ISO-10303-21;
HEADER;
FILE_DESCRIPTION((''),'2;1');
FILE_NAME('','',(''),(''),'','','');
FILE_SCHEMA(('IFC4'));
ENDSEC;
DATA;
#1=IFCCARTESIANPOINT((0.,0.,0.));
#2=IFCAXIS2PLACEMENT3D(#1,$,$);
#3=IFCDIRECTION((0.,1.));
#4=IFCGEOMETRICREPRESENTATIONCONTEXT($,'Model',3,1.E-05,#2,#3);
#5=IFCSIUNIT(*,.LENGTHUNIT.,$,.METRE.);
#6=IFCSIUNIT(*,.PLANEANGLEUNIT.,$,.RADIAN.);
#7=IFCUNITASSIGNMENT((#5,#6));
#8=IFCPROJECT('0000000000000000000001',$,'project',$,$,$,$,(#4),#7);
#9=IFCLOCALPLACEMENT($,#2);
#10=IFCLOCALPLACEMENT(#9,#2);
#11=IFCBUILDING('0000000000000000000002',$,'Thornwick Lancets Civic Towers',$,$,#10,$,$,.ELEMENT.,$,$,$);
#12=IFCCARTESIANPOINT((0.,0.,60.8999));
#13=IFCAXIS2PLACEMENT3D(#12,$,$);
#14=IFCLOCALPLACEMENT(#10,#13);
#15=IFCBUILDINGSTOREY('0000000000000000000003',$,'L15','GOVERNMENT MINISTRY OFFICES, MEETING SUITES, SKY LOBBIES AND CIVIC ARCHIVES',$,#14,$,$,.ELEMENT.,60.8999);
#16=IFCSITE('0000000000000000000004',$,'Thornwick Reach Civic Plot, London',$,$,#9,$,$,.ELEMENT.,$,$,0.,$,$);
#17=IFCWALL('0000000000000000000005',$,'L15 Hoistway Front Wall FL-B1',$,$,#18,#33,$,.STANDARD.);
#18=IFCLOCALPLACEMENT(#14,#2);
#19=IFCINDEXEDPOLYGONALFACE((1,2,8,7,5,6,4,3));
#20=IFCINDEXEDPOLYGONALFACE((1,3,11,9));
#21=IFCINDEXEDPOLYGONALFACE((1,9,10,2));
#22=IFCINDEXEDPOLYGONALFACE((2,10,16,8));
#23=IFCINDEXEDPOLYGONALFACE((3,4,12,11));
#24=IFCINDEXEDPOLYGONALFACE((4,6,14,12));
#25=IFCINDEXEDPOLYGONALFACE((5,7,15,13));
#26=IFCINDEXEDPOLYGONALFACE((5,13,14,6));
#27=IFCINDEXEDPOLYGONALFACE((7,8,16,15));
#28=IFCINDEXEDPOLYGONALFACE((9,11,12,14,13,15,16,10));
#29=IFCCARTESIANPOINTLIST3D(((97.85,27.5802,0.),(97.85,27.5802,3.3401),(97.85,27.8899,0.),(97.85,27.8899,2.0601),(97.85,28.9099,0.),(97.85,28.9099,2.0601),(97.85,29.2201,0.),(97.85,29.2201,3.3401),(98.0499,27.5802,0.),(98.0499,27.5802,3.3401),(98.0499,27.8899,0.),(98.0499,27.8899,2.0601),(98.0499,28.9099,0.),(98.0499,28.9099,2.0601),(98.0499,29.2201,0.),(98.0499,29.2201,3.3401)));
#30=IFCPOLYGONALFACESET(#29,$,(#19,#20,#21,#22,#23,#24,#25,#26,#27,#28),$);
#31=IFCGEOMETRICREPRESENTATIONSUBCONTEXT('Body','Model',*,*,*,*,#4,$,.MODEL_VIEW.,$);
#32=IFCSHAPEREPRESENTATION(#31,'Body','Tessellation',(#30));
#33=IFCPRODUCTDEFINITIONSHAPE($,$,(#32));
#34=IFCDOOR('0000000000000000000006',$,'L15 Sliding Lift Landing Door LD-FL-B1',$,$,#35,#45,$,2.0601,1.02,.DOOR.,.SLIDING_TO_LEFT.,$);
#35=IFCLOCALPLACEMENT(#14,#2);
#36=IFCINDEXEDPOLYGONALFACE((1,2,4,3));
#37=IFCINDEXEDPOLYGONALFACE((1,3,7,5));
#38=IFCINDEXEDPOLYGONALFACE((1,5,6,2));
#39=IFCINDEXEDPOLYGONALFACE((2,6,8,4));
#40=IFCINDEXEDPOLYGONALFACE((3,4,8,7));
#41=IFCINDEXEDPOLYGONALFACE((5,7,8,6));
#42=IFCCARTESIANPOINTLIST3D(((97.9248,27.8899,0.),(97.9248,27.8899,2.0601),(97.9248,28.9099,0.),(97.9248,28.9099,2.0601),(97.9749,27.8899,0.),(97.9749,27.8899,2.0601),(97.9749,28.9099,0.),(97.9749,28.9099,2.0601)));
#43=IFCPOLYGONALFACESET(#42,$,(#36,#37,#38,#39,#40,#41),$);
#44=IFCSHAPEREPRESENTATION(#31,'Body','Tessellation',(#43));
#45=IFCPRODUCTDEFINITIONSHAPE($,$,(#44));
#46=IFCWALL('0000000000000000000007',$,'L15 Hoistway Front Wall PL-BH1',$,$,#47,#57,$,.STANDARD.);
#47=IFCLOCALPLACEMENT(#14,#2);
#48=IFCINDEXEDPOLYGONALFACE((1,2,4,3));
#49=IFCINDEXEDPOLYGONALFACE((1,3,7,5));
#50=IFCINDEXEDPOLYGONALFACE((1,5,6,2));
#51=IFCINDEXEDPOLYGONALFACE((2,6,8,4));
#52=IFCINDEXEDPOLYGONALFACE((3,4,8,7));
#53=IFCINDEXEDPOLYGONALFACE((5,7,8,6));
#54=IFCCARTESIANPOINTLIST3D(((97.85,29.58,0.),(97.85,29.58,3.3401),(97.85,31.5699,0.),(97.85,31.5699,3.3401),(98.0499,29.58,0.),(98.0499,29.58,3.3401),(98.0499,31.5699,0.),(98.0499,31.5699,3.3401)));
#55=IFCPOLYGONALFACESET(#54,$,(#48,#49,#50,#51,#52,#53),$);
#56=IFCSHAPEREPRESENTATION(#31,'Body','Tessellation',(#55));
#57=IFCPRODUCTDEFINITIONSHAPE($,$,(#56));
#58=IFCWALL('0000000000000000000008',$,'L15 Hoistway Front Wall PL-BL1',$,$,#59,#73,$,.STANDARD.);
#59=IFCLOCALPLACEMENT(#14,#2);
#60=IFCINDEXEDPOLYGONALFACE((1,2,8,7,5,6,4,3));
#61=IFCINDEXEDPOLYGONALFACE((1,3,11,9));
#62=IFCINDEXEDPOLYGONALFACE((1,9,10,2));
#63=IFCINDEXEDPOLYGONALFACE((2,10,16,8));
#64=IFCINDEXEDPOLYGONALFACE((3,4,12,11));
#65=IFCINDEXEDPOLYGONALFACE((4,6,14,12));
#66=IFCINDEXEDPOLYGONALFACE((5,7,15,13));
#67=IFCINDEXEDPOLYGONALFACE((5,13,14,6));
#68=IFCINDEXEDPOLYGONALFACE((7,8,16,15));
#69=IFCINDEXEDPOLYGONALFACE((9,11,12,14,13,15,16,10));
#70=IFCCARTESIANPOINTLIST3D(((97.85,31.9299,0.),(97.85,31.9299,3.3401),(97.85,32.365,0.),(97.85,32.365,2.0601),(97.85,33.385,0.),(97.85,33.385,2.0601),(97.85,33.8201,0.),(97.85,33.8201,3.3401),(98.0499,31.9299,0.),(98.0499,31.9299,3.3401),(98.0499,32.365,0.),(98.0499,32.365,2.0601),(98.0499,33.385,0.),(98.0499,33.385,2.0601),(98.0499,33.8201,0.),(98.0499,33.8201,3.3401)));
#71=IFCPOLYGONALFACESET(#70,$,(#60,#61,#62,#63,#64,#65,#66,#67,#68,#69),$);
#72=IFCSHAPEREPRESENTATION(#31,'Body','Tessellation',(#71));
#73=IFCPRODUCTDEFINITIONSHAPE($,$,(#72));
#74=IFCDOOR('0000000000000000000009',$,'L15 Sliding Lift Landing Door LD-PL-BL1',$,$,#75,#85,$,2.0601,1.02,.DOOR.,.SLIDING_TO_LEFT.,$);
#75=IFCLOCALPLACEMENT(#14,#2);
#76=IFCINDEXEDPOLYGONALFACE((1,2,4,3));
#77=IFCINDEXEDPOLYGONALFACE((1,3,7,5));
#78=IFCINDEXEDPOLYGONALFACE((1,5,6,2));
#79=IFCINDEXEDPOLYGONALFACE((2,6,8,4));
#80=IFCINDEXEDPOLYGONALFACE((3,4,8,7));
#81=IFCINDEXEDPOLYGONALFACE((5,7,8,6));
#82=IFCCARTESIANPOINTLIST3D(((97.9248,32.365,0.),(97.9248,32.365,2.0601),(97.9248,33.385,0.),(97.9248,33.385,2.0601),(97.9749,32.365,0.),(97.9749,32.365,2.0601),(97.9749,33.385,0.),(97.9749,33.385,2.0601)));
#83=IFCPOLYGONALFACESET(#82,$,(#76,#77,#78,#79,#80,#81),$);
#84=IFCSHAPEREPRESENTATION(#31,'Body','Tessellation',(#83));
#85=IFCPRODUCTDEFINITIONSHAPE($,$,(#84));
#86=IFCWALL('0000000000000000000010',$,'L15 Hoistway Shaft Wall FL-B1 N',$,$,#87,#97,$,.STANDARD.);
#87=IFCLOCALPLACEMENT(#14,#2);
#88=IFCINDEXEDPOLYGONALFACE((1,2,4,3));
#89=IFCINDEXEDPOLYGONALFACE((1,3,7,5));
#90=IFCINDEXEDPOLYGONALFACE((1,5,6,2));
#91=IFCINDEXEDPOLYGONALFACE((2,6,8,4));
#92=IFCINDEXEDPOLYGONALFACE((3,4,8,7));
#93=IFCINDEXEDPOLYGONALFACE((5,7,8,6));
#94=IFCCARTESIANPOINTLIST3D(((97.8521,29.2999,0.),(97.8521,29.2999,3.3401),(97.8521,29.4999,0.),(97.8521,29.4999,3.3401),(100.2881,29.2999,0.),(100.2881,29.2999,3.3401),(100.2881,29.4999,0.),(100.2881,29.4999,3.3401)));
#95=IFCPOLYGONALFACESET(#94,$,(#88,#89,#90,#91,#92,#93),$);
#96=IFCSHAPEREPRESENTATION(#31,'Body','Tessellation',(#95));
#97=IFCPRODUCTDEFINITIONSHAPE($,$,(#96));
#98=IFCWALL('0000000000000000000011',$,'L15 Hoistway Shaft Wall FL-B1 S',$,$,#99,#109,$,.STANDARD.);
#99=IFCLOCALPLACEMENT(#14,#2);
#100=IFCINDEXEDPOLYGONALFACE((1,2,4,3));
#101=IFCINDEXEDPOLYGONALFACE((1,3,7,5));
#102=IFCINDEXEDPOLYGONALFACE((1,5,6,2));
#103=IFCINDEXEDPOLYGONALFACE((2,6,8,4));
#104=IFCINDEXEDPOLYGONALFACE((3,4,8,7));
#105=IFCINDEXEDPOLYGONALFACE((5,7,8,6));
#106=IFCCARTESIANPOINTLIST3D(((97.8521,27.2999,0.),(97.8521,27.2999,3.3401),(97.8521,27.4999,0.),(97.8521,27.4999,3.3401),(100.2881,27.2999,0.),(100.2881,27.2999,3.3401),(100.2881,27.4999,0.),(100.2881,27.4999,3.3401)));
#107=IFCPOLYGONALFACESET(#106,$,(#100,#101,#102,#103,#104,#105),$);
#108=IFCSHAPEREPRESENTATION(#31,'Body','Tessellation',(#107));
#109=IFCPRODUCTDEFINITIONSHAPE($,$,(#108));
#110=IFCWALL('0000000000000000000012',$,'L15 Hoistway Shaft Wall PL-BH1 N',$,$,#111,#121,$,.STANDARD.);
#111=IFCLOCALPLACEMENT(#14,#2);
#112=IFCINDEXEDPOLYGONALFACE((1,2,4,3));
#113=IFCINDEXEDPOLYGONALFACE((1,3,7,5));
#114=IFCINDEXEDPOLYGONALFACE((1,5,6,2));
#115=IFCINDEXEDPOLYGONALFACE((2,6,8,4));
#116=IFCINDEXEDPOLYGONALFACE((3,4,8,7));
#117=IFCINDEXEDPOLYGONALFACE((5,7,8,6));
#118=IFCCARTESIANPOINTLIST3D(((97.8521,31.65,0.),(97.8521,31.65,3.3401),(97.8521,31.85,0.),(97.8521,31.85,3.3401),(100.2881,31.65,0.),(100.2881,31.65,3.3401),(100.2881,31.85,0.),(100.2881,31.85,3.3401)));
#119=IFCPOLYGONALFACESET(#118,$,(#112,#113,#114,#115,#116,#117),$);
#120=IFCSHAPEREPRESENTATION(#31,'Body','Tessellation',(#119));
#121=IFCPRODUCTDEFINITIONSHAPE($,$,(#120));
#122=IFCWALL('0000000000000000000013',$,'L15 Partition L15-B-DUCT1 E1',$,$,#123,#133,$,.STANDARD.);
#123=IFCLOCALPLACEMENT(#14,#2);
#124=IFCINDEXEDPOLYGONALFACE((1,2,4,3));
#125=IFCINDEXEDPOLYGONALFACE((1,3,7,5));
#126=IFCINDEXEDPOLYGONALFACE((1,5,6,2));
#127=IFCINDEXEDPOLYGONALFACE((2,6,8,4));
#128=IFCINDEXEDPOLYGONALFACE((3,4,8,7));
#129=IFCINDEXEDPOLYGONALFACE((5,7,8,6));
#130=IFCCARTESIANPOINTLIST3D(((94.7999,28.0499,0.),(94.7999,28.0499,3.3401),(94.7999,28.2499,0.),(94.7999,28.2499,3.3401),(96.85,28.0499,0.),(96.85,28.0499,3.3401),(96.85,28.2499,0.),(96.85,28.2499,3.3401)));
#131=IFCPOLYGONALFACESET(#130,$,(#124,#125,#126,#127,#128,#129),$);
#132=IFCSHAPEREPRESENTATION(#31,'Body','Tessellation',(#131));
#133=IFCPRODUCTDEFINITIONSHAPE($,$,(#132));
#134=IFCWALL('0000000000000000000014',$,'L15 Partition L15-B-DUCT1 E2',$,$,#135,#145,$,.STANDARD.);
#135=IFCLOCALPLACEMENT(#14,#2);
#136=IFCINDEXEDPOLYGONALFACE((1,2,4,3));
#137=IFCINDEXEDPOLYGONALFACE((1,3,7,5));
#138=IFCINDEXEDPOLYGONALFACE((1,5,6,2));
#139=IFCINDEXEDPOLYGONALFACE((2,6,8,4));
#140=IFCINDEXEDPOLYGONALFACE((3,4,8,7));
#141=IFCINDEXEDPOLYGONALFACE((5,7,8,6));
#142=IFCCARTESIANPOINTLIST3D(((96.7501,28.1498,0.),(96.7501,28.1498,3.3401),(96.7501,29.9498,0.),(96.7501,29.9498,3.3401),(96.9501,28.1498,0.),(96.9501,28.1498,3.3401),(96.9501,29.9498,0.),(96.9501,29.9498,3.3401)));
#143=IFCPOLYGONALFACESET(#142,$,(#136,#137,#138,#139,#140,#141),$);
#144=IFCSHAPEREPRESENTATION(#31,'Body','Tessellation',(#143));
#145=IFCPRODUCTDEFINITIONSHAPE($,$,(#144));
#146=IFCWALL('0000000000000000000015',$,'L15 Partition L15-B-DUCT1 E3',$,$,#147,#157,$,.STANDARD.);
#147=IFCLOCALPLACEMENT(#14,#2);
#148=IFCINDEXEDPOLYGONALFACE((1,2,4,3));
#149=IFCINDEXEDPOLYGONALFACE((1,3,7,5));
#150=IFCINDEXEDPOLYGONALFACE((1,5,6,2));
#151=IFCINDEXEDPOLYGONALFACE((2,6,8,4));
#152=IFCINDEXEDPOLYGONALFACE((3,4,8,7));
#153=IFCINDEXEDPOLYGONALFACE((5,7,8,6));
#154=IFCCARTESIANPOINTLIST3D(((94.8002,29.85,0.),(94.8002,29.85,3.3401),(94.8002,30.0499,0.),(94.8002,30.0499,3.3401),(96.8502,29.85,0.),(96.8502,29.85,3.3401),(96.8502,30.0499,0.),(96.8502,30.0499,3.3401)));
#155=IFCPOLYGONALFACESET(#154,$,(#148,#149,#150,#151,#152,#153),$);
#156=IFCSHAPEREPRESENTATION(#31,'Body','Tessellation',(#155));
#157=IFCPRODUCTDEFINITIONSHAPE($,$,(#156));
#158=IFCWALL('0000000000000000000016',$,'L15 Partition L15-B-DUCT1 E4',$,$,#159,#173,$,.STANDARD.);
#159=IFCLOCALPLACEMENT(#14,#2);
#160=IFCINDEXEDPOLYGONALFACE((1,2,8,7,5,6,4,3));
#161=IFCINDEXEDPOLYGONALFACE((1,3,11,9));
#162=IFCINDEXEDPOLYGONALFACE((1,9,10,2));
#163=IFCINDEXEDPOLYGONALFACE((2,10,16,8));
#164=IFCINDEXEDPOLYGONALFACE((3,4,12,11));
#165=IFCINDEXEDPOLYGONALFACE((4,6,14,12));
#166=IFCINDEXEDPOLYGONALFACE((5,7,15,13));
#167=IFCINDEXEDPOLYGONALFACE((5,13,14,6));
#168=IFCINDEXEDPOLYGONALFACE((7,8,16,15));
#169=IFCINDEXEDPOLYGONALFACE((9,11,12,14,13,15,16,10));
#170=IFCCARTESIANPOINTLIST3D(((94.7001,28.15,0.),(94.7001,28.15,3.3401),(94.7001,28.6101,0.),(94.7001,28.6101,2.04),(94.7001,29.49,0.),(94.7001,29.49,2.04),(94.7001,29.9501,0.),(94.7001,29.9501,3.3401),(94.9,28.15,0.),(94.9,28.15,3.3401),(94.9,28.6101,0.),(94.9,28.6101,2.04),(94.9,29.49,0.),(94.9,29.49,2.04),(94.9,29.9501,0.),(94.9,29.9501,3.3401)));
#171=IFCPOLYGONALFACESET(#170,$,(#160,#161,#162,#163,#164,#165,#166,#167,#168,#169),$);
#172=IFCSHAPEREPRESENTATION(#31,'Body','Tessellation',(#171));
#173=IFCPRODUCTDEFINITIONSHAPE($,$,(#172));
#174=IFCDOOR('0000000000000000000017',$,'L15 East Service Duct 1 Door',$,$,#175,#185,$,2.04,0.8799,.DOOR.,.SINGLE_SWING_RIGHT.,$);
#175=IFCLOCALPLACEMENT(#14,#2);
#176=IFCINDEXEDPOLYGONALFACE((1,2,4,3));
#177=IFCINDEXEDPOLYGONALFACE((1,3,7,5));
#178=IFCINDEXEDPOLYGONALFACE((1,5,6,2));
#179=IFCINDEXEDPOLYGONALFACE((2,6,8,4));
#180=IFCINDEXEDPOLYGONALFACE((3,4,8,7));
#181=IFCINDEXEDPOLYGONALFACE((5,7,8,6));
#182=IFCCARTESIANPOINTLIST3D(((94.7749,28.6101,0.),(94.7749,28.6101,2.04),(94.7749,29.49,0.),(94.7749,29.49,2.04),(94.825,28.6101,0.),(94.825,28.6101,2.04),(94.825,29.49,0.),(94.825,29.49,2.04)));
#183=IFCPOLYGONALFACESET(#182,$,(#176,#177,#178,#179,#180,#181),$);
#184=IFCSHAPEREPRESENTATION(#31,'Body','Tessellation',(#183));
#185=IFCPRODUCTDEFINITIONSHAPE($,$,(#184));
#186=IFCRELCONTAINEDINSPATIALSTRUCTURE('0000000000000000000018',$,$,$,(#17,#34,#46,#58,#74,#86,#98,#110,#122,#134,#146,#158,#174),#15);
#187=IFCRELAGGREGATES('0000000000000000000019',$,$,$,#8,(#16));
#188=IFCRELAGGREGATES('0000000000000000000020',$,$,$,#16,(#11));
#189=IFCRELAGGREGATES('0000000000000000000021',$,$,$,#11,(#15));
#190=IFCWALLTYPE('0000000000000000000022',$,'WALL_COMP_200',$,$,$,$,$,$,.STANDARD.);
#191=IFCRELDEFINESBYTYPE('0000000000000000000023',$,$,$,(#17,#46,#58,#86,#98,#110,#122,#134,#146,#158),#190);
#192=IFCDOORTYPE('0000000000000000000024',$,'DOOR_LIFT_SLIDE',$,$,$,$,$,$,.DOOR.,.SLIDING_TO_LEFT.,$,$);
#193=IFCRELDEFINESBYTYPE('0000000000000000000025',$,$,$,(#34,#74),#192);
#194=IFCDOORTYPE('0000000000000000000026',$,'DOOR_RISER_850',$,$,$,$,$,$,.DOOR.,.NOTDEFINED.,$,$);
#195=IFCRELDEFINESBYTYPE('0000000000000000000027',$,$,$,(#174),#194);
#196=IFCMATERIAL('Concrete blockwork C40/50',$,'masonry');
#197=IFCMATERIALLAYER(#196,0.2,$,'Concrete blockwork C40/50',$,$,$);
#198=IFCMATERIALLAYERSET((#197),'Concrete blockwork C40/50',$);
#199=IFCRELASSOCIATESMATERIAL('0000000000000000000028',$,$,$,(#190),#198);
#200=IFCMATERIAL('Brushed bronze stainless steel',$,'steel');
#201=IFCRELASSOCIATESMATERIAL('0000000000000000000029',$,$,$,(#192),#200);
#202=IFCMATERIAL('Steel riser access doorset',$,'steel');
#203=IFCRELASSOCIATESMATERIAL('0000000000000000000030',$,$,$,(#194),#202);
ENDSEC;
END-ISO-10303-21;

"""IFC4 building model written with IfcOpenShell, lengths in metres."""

from ifc_helpers import new_model, si_unit, direction, frame, frame_2d, origin, place, context, subcontext, project, spatial, rectangle, extrude, material, layer, layer_set, type_object, element, fill, save


model = new_model("IFC4")

# Units and contexts
model_context = context("Model", 3, precision=1e-05, world=origin(), true_north=direction((0.0, 1.0)))
body_context = subcontext(model_context, "Body", "Model", "MODEL_VIEW")
ifc_project = project(units=[si_unit("LENGTHUNIT", "METRE"), si_unit("PLANEANGLEUNIT", "RADIAN")], contexts=[model_context])

# Site, building, storey
site_placement = place(None, origin())
site = spatial("IfcSite", under=ifc_project, at=site_placement, Name="Thornwick Reach Civic Plot, London", CompositionType="ELEMENT", RefElevation=0.0)
building_placement = place(site_placement, origin())
building = spatial("IfcBuilding", under=site, at=building_placement, Name="Thornwick Lancets Civic Towers", CompositionType="ELEMENT")
storey_placement = place(building_placement, frame((0.0, 0.0, 60.8999)))
storey = spatial("IfcBuildingStorey", under=building, at=storey_placement, Name="L15", Description="GOVERNMENT MINISTRY OFFICES, MEETING SUITES, SKY LOBBIES AND CIVIC ARCHIVES", CompositionType="ELEMENT", Elevation=60.8999)

# Wall, opening, door
ifc_material_1 = material(Name="Concrete blockwork C40/50", Category="masonry")
ifc_layer_1 = layer(ifc_material_1, 0.2, Name="Concrete blockwork C40/50")
ifc_layer_set_1 = layer_set([ifc_layer_1], Name="Concrete blockwork C40/50")
wall_type_1 = type_object("IfcWallType", Name="WALL_COMP_200", PredefinedType="STANDARD", material=ifc_layer_set_1)
wall_1_placement = place(storey_placement, frame((97.95, 29.22, 0.0), z_axis=(0.0, 0.0, 1.0), x_axis=(0.0, -1.0, 0.0)))
wall_1 = element("IfcWall", 1, at=wall_1_placement, inside=storey, type_object=wall_type_1, Name="L15 Hoistway Front Wall FL-B1", PredefinedType="STANDARD", context=body_context, shape_type="SweptSolid", body=[
    extrude(rectangle(XDim=1.6399, YDim=0.2, at=frame_2d((0.8198, 0.0))), origin(), (0.0, 0.0, 1.0), 3.3401),
])
opening_1_placement = place(wall_1_placement, frame((0.3101, 0.0, 0.0)))
opening_1 = element("IfcOpeningElement", 2, at=opening_1_placement, cuts=wall_1, PredefinedType="OPENING", context=body_context, shape_type="SweptSolid", body=[
    extrude(rectangle(XDim=1.02, YDim=2.0601, at=frame_2d((0.51, 1.03))), frame((0.0, 0.1099, 0.0), z_axis=(0.0, -1.0, 0.0), x_axis=(1.0, 0.0, 0.0)), (0.0, 0.0, 1.0), 0.22),
])
ifc_material_2 = material(Name="Brushed bronze stainless steel", Category="steel")
door_type_1 = type_object("IfcDoorType", Name="DOOR_LIFT_SLIDE", OperationType="SLIDING_TO_LEFT", PredefinedType="DOOR", material=ifc_material_2)
door_1_placement = place(opening_1_placement, origin())
door_1 = element("IfcDoor", 3, at=door_1_placement, inside=storey, type_object=door_type_1, Name="L15 Sliding Lift Landing Door LD-FL-B1", OperationType="SLIDING_TO_LEFT", OverallHeight=2.0601, OverallWidth=1.02, PredefinedType="DOOR", context=body_context, shape_type="SweptSolid", body=[
    extrude(rectangle(XDim=1.02, YDim=2.0601, at=frame_2d((0.51, 1.03))), frame((0.0, 0.0249, 0.0), z_axis=(0.0, -1.0, 0.0), x_axis=(1.0, 0.0, 0.0)), (0.0, 0.0, 1.0), 0.05),
])
fill(opening_1, door_1)

# Wall
wall_2_placement = place(storey_placement, frame((97.95, 31.5701, 0.0), z_axis=(0.0, 0.0, 1.0), x_axis=(0.0, -1.0, 0.0)))
element("IfcWall", 4, at=wall_2_placement, inside=storey, type_object=wall_type_1, Name="L15 Hoistway Front Wall PL-BH1", PredefinedType="STANDARD", context=body_context, shape_type="SweptSolid", body=[
    extrude(rectangle(XDim=1.99, YDim=0.2, at=frame_2d((0.9951, 0.0))), origin(), (0.0, 0.0, 1.0), 3.3401),
])

# Wall, opening, door
wall_3_placement = place(storey_placement, frame((97.95, 33.8201, 0.0), z_axis=(0.0, 0.0, 1.0), x_axis=(0.0, -1.0, 0.0)))
wall_3 = element("IfcWall", 5, at=wall_3_placement, inside=storey, type_object=wall_type_1, Name="L15 Hoistway Front Wall PL-BL1", PredefinedType="STANDARD", context=body_context, shape_type="SweptSolid", body=[
    extrude(rectangle(XDim=1.8901, YDim=0.2, at=frame_2d((0.9451, 0.0))), origin(), (0.0, 0.0, 1.0), 3.3401),
])
opening_2_placement = place(wall_3_placement, frame((0.4351, 0.0, 0.0)))
opening_2 = element("IfcOpeningElement", 6, at=opening_2_placement, cuts=wall_3, PredefinedType="OPENING", context=body_context, shape_type="SweptSolid", body=[
    extrude(rectangle(XDim=1.02, YDim=2.0601, at=frame_2d((0.51, 1.03))), frame((0.0, 0.1099, 0.0), z_axis=(0.0, -1.0, 0.0), x_axis=(1.0, 0.0, 0.0)), (0.0, 0.0, 1.0), 0.22),
])
door_2_placement = place(opening_2_placement, origin())
door_2 = element("IfcDoor", 7, at=door_2_placement, inside=storey, type_object=door_type_1, Name="L15 Sliding Lift Landing Door LD-PL-BL1", OperationType="SLIDING_TO_LEFT", OverallHeight=2.0601, OverallWidth=1.02, PredefinedType="DOOR", context=body_context, shape_type="SweptSolid", body=[
    extrude(rectangle(XDim=1.02, YDim=2.0601, at=frame_2d((0.51, 1.03))), frame((0.0, 0.0249, 0.0), z_axis=(0.0, -1.0, 0.0), x_axis=(1.0, 0.0, 0.0)), (0.0, 0.0, 1.0), 0.05),
])
fill(opening_2, door_2)

# Walls
for number, where, z_axis, x_axis, name in (
    (8, (97.8521, 29.3999, 0.0), (0.0, 0.0, 1.0), (1.0, 0.0, 0.0), "L15 Hoistway Shaft Wall FL-B1 N"),
    (9, (97.8521, 27.3999, 0.0), (0.0, 0.0, 1.0), (1.0, 0.0, 0.0), "L15 Hoistway Shaft Wall FL-B1 S"),
    (10, (97.8521, 31.75, 0.0), (0.0, 0.0, 1.0), (1.0, 0.0, 0.0), "L15 Hoistway Shaft Wall PL-BH1 N"),
):
    element("IfcWall", number, at=place(storey_placement, frame(where, z_axis=z_axis, x_axis=x_axis)), inside=storey, type_object=wall_type_1, Name=name, PredefinedType="STANDARD", context=body_context, shape_type="SweptSolid", body=[
        extrude(rectangle(XDim=2.436, YDim=0.2, at=frame_2d((1.218, 0.0))), origin(), (0.0, 0.0, 1.0), 3.3401),
    ])
wall_4_placement = place(storey_placement, frame((94.8, 28.1499, 0.0), z_axis=(0.0, 0.0, 1.0), x_axis=(1.0, 0.0, 0.0)))
element("IfcWall", 11, at=wall_4_placement, inside=storey, type_object=wall_type_1, Name="L15 Partition L15-B-DUCT1 E1", PredefinedType="STANDARD", context=body_context, shape_type="SweptSolid", body=[
    extrude(rectangle(XDim=2.05, YDim=0.2, at=frame_2d((1.0249, 0.0))), origin(), (0.0, 0.0, 1.0), 3.3401),
])
wall_5_placement = place(storey_placement, frame((96.8501, 28.1499, 0.0), z_axis=(0.0, 0.0, 1.0), x_axis=(0.0, 1.0, 0.0)))
element("IfcWall", 12, at=wall_5_placement, inside=storey, type_object=wall_type_1, Name="L15 Partition L15-B-DUCT1 E2", PredefinedType="STANDARD", context=body_context, shape_type="SweptSolid", body=[
    extrude(rectangle(XDim=1.8, YDim=0.2, at=frame_2d((0.8999, 0.0))), origin(), (0.0, 0.0, 1.0), 3.3401),
])
wall_6_placement = place(storey_placement, frame((96.8501, 29.95, 0.0), z_axis=(0.0, 0.0, 1.0), x_axis=(-1.0, 0.0, 0.0)))
element("IfcWall", 13, at=wall_6_placement, inside=storey, type_object=wall_type_1, Name="L15 Partition L15-B-DUCT1 E3", PredefinedType="STANDARD", context=body_context, shape_type="SweptSolid", body=[
    extrude(rectangle(XDim=2.05, YDim=0.2, at=frame_2d((1.0249, 0.0))), origin(), (0.0, 0.0, 1.0), 3.3401),
])

# Wall, opening, door
wall_7_placement = place(storey_placement, frame((94.8, 29.95, 0.0), z_axis=(0.0, 0.0, 1.0), x_axis=(0.0, -1.0, 0.0)))
wall_7 = element("IfcWall", 14, at=wall_7_placement, inside=storey, type_object=wall_type_1, Name="L15 Partition L15-B-DUCT1 E4", PredefinedType="STANDARD", context=body_context, shape_type="SweptSolid", body=[
    extrude(rectangle(XDim=1.8, YDim=0.2, at=frame_2d((0.8999, 0.0))), origin(), (0.0, 0.0, 1.0), 3.3401),
])
opening_3_placement = place(wall_7_placement, frame((0.46, 0.0, 0.0)))
opening_3 = element("IfcOpeningElement", 15, at=opening_3_placement, cuts=wall_7, PredefinedType="OPENING", context=body_context, shape_type="SweptSolid", body=[
    extrude(rectangle(XDim=0.8799, YDim=2.04, at=frame_2d((0.4399, 1.02))), frame((0.0, 0.1099, 0.0), z_axis=(0.0, -1.0, 0.0), x_axis=(1.0, 0.0, 0.0)), (0.0, 0.0, 1.0), 0.22),
])
ifc_material_3 = material(Name="Steel riser access doorset", Category="steel")
door_type_2 = type_object("IfcDoorType", Name="DOOR_RISER_850", OperationType="NOTDEFINED", PredefinedType="DOOR", material=ifc_material_3)
door_3_placement = place(opening_3_placement, origin())
door_3 = element("IfcDoor", 16, at=door_3_placement, inside=storey, type_object=door_type_2, Name="L15 East Service Duct 1 Door", OperationType="SINGLE_SWING_RIGHT", OverallHeight=2.04, OverallWidth=0.8799, PredefinedType="DOOR", context=body_context, shape_type="SweptSolid", body=[
    extrude(rectangle(XDim=0.8799, YDim=2.04, at=frame_2d((0.4399, 1.02))), frame((0.0, 0.0249, 0.0), z_axis=(0.0, -1.0, 0.0), x_axis=(1.0, 0.0, 0.0)), (0.0, 0.0, 1.0), 0.05),
])
fill(opening_3, door_3)

save(model, "model.ifc")
